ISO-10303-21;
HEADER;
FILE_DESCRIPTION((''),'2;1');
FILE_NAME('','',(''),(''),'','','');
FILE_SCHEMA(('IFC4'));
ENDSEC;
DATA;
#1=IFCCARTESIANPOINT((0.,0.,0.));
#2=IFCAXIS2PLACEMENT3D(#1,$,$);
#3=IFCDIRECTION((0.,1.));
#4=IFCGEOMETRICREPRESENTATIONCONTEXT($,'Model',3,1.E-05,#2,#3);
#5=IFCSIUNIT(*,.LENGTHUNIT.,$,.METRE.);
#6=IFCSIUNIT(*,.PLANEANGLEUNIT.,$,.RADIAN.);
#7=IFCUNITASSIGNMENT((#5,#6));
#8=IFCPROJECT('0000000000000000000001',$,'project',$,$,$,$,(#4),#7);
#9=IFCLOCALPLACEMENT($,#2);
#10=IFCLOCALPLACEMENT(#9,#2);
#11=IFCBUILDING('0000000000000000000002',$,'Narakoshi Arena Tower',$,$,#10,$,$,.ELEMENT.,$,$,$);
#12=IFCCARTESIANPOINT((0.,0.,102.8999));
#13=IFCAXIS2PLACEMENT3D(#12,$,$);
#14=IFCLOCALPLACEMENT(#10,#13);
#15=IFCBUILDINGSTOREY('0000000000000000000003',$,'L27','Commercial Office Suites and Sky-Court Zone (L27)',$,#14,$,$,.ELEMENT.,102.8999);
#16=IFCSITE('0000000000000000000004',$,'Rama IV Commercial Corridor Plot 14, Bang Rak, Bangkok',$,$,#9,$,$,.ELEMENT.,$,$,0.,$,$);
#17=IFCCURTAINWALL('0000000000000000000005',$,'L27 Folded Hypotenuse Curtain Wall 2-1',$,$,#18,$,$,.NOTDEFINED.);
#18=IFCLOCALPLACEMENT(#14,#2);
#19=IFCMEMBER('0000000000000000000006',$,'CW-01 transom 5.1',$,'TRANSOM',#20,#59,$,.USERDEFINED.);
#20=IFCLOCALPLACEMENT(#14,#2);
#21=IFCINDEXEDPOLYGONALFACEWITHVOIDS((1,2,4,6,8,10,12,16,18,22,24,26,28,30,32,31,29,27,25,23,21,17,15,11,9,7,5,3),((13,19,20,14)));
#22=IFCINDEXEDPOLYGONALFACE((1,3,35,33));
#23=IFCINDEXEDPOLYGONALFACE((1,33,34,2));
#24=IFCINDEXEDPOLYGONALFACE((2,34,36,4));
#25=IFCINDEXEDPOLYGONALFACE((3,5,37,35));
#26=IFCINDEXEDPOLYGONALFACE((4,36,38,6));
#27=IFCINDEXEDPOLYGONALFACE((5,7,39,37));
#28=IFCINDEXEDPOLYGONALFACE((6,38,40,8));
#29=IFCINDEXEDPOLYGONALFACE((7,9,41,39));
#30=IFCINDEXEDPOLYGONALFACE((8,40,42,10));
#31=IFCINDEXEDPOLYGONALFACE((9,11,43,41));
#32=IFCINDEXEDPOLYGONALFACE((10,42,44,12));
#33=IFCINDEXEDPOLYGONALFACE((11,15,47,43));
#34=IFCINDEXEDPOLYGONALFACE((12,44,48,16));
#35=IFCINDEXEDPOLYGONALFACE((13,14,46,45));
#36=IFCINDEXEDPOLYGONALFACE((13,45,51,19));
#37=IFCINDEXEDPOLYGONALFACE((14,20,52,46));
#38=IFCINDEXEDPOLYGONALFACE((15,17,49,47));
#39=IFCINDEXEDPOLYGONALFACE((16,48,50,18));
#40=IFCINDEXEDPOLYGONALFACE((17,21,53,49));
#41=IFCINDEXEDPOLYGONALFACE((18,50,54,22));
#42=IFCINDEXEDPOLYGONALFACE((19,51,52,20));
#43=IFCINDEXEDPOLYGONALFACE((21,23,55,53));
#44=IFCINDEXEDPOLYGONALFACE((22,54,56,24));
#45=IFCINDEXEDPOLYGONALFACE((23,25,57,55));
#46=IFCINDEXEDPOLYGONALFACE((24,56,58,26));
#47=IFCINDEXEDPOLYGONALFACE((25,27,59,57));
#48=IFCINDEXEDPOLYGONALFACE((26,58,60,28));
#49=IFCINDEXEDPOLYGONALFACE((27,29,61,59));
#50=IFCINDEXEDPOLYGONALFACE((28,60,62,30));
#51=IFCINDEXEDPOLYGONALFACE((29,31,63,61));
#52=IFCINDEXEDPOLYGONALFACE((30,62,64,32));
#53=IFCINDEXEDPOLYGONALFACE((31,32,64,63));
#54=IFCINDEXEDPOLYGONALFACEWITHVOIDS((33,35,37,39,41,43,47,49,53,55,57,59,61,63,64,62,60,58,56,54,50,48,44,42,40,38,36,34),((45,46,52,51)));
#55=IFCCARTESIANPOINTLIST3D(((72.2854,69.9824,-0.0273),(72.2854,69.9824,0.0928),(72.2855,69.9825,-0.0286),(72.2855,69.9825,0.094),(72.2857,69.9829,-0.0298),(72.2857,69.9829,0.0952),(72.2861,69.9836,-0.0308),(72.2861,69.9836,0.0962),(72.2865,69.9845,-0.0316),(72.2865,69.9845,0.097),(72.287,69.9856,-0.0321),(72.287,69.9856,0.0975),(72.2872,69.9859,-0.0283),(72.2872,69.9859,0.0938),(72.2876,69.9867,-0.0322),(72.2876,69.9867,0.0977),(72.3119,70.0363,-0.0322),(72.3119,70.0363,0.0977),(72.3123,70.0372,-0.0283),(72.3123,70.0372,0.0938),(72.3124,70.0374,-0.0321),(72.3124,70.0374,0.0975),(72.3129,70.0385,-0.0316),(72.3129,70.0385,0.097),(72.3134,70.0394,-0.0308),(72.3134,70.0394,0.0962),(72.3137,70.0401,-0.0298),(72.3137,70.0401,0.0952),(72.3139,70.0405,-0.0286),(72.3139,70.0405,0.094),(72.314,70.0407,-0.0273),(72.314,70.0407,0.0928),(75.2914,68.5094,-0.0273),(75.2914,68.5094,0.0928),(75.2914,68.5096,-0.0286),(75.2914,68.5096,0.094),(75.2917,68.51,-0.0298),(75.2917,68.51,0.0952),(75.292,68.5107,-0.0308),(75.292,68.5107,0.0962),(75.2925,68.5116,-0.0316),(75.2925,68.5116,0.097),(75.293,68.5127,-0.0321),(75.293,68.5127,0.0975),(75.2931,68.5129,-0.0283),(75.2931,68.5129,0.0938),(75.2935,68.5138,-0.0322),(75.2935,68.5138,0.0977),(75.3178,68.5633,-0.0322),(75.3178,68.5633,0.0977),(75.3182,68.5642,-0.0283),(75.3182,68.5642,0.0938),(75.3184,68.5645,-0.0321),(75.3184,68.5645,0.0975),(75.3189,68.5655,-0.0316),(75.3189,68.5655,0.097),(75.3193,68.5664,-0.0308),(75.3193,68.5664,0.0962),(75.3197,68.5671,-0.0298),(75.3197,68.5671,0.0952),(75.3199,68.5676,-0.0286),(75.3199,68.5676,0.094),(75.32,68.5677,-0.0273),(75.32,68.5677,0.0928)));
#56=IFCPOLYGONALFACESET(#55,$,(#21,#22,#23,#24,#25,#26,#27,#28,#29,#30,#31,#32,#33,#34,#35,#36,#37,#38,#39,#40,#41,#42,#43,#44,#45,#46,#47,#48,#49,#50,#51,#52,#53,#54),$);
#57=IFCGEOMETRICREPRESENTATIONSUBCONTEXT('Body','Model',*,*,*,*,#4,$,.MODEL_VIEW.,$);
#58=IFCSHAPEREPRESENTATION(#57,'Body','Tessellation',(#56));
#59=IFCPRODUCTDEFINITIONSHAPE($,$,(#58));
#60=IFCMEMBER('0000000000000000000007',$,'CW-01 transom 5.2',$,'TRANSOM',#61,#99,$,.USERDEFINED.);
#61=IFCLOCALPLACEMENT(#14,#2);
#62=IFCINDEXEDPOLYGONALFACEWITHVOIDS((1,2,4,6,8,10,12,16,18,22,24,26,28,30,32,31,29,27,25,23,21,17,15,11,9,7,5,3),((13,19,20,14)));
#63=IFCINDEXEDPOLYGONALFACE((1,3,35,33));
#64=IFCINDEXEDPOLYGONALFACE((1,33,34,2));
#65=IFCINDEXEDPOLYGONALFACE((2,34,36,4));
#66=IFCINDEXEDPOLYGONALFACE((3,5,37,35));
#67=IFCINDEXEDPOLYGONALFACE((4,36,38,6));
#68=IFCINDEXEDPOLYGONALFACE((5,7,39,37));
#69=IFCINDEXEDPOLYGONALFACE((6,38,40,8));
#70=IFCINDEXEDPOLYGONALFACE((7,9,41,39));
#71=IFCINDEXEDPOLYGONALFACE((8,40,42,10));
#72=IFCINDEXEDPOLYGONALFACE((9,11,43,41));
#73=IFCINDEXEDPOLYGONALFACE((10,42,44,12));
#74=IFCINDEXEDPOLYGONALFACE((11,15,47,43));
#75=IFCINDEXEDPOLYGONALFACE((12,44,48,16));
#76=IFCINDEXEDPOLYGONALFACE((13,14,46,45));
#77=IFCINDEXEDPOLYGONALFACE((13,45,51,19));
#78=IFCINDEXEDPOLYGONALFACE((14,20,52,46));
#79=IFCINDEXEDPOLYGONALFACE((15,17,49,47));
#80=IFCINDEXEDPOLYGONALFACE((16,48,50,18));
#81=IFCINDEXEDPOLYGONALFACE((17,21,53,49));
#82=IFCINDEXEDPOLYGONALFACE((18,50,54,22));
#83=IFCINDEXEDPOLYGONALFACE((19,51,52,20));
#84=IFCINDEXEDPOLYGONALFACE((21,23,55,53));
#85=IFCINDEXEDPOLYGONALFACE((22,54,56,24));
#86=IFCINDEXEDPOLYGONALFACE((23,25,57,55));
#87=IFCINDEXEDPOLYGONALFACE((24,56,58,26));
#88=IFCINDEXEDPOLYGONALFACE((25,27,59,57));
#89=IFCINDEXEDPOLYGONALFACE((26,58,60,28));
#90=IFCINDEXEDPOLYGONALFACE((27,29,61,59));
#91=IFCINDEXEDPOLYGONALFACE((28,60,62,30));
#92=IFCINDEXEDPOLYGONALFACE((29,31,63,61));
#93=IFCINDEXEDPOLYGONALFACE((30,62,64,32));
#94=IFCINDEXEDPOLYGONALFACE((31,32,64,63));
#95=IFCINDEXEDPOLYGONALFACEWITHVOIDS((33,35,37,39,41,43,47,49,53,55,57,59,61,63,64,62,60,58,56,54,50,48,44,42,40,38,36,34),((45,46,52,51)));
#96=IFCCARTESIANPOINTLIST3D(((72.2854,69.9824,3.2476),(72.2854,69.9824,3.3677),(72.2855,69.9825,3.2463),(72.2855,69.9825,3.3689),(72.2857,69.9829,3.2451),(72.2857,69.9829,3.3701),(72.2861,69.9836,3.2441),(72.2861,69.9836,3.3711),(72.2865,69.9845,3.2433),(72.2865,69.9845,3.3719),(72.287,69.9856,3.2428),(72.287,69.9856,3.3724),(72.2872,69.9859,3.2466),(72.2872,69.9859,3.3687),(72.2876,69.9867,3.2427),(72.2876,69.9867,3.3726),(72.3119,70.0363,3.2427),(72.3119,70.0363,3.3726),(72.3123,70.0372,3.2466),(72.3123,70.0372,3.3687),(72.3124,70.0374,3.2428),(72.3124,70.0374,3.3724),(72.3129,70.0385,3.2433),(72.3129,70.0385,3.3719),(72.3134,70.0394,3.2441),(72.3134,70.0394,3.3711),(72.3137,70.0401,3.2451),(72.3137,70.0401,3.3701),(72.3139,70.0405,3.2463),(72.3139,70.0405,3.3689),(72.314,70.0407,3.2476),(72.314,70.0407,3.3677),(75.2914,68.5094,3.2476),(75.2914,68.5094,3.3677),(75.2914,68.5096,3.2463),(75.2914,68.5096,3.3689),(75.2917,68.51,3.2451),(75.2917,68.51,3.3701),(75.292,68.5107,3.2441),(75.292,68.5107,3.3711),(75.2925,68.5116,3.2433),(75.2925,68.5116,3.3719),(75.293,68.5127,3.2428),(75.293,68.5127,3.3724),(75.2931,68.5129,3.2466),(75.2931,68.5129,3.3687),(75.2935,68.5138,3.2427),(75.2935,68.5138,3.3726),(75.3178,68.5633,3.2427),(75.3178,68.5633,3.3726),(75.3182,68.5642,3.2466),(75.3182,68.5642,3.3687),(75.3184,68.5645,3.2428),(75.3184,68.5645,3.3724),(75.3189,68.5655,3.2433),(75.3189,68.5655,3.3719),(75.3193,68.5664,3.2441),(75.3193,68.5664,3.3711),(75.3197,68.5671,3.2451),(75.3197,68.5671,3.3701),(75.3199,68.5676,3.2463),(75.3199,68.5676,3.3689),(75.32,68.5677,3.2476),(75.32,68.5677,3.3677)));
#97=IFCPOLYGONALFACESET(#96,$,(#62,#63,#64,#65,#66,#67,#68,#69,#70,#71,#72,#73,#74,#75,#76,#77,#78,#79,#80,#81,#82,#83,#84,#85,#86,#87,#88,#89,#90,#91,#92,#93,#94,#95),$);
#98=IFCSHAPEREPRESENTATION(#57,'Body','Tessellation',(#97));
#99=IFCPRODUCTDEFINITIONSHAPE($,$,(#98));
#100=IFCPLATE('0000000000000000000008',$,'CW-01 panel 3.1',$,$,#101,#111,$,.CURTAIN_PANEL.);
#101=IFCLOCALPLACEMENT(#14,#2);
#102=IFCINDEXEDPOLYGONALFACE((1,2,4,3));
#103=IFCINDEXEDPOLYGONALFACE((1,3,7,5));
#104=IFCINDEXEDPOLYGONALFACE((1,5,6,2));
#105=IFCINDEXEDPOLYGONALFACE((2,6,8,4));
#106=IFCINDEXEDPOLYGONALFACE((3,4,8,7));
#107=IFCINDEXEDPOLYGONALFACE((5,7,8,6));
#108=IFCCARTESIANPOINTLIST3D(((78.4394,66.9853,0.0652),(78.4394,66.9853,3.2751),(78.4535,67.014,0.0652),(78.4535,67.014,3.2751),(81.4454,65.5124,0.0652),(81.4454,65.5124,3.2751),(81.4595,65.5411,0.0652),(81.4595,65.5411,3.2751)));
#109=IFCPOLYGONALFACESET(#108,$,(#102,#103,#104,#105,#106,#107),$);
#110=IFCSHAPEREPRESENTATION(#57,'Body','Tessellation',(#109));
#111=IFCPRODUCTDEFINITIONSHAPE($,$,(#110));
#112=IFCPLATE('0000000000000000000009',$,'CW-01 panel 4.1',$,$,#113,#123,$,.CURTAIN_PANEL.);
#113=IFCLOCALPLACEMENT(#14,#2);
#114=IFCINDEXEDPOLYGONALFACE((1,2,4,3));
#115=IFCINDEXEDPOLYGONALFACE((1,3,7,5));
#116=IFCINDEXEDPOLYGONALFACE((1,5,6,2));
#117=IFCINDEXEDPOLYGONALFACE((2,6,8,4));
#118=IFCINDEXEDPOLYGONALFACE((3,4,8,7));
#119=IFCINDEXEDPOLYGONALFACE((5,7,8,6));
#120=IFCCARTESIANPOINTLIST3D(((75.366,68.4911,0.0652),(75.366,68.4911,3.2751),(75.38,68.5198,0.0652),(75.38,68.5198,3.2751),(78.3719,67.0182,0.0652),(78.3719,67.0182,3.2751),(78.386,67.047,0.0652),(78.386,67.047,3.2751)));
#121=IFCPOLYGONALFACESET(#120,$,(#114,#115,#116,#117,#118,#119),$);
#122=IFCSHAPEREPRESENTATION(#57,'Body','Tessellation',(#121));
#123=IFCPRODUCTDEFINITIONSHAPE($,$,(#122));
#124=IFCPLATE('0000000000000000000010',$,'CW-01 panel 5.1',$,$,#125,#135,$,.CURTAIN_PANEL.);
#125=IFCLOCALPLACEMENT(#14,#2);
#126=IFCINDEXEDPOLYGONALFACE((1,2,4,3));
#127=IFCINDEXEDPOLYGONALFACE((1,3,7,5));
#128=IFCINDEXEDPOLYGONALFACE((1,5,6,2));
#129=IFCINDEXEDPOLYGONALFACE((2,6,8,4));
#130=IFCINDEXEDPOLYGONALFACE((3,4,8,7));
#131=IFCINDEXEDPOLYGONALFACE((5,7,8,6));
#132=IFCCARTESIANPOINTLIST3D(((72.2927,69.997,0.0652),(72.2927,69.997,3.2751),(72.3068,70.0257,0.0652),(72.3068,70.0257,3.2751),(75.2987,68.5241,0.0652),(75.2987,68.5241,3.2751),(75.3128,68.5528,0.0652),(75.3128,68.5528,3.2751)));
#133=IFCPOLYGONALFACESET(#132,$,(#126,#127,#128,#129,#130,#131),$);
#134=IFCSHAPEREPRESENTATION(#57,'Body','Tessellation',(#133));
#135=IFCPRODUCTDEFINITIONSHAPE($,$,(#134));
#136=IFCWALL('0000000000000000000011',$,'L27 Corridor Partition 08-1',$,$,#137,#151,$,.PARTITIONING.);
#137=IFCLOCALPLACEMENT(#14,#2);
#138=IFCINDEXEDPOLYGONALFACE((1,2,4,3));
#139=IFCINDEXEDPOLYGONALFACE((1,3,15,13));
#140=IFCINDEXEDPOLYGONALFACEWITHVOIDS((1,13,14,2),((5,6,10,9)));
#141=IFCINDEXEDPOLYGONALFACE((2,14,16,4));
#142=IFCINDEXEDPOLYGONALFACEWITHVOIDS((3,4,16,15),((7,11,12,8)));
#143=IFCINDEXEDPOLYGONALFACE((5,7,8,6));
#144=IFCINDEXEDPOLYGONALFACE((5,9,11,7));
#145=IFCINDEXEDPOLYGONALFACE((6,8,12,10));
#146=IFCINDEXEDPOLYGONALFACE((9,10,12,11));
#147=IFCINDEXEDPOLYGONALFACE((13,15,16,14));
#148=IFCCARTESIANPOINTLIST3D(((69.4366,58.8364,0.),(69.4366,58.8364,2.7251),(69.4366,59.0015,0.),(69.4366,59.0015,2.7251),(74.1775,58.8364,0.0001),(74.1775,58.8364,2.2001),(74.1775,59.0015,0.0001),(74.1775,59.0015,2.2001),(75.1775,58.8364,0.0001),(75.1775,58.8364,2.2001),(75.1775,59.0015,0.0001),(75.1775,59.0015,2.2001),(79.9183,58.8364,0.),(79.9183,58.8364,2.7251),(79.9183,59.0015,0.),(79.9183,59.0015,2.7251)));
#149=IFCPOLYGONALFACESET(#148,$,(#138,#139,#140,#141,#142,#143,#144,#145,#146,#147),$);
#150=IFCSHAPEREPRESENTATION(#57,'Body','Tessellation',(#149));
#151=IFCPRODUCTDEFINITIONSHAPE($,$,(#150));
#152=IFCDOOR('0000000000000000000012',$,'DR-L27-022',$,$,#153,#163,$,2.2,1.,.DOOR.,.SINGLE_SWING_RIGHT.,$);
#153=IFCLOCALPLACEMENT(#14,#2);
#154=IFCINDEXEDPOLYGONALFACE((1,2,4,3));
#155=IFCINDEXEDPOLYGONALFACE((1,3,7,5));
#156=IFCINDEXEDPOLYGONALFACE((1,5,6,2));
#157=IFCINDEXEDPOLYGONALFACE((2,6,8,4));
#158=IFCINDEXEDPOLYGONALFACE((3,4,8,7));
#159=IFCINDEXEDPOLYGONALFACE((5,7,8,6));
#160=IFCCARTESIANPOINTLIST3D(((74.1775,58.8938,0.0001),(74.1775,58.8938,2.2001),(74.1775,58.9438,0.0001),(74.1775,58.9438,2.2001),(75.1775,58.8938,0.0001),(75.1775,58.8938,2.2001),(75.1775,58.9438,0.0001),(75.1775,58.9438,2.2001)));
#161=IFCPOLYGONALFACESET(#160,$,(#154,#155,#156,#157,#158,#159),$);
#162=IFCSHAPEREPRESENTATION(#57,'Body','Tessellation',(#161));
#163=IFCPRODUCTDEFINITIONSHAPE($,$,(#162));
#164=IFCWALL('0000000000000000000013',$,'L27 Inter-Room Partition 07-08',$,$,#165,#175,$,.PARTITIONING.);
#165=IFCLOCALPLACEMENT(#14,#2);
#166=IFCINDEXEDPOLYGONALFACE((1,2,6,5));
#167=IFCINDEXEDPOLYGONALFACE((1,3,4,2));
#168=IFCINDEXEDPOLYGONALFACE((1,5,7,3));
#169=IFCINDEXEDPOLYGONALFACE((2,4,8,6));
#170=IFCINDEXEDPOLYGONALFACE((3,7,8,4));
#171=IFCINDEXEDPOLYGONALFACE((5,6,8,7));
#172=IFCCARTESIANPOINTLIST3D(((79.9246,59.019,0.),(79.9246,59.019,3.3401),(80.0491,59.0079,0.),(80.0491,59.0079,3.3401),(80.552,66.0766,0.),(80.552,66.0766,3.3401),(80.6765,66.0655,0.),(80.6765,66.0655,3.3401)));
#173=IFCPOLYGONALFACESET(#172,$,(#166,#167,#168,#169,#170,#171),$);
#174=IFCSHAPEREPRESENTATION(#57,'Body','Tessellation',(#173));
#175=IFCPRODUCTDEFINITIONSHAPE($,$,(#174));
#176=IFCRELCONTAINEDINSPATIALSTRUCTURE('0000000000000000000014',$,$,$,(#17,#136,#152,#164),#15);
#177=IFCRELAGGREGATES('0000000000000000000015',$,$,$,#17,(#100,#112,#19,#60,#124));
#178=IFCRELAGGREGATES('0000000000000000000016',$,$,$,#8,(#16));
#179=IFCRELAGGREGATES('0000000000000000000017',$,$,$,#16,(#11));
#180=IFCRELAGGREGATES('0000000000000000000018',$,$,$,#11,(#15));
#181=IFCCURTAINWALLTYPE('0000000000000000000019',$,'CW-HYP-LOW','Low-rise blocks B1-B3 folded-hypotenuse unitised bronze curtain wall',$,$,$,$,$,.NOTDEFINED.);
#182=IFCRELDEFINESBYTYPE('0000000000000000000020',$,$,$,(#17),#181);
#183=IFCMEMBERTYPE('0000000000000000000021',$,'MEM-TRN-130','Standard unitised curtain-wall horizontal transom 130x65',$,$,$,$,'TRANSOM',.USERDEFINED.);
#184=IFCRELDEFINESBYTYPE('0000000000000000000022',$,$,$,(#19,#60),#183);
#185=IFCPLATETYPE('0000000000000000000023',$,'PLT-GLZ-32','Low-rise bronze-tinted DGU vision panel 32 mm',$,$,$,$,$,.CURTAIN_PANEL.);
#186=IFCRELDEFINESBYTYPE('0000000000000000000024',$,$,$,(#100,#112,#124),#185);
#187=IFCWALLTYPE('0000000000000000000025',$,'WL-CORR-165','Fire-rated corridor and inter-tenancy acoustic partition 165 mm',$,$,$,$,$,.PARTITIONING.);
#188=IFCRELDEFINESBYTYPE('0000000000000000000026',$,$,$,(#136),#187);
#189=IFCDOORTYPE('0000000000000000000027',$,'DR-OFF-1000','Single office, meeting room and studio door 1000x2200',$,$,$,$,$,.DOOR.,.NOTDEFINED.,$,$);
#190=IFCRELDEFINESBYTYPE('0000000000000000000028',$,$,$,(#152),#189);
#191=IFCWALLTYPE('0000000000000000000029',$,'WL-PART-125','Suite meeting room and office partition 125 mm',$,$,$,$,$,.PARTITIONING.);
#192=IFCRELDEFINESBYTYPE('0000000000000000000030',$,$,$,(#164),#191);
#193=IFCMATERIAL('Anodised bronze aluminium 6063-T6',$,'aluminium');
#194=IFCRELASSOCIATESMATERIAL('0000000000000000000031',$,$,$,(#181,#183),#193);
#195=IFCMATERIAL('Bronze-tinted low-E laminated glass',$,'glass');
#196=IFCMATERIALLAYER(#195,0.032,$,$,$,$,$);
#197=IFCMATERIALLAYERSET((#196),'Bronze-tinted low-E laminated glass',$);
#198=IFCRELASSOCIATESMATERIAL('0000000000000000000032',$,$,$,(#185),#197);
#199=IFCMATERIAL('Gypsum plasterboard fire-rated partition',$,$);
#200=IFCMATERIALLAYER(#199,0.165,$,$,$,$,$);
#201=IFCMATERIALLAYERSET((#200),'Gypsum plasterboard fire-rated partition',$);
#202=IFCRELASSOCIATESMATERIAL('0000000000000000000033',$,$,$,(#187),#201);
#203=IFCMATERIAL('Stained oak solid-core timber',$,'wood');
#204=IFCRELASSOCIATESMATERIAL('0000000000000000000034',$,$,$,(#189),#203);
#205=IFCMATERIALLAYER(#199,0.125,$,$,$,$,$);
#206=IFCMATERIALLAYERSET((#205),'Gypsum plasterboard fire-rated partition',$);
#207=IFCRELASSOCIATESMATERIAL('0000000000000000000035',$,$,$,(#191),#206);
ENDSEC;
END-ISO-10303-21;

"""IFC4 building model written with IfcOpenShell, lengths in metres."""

from ifc_helpers import new_model, si_unit, direction, frame, frame_2d, origin, origin_2d, place, context, subcontext, project, spatial, rectangle, hollow_rectangle, extrude, material, layer, layer_set, material_profile, profile_set, type_object, element, fill, aggregate, save


model = new_model("IFC4")

# Units and contexts
model_context = context("Model", 3, precision=1e-05, world=origin(), true_north=direction((0.0, 1.0)))
body_context = subcontext(model_context, "Body", "Model", "MODEL_VIEW")
ifc_project = project(units=[si_unit("LENGTHUNIT", "METRE"), si_unit("PLANEANGLEUNIT", "RADIAN")], contexts=[model_context])

# Site, building, storey
site_placement = place(None, origin())
site = spatial("IfcSite", under=ifc_project, at=site_placement, Name="Rama IV Commercial Corridor Plot 14, Bang Rak, Bangkok", CompositionType="ELEMENT", RefElevation=0.0)
building_placement = place(site_placement, origin())
building = spatial("IfcBuilding", under=site, at=building_placement, Name="Narakoshi Arena Tower", CompositionType="ELEMENT")
storey_placement = place(building_placement, frame((0.0, 0.0, 102.8999)))
storey = spatial("IfcBuildingStorey", under=building, at=storey_placement, Name="L27", Description="Commercial Office Suites and Sky-Court Zone (L27)", CompositionType="ELEMENT", Elevation=102.8999)

# Curtain wall, members, plates
ifc_material_1 = material(Name="Anodised bronze aluminium 6063-T6", Category="aluminium")
curtain_wall_type = type_object("IfcCurtainWallType", Name="CW-HYP-LOW", Description="Low-rise blocks B1-B3 folded-hypotenuse unitised bronze curtain wall", PredefinedType="NOTDEFINED", material=ifc_material_1)
curtain_wall_placement = place(storey_placement, origin())
curtain_wall = element("IfcCurtainWall", 1, at=curtain_wall_placement, inside=storey, type_object=curtain_wall_type, Name="L27 Folded Hypotenuse Curtain Wall 2-1", PredefinedType="NOTDEFINED")
ifc_material_profile_1 = material_profile(ifc_material_1, hollow_rectangle(XDim=0.0649, YDim=0.1299, WallThickness=0.0039, OuterFilletRadius=0.0049, at=origin_2d()), Name="TRN130x65x4")
ifc_profile_set_1 = profile_set([ifc_material_profile_1], Name="Anodised bronze aluminium 6063-T6")
member_type_1 = type_object("IfcMemberType", Name="MEM-TRN-130", Description="Standard unitised curtain-wall horizontal transom 130x65", ElementType="TRANSOM", PredefinedType="USERDEFINED", material=ifc_profile_set_1)
member_1_placement = place(storey_placement, frame((75.3057, 68.5386, 0.0327), z_axis=(-0.897987, 0.440022, 0.0), x_axis=(-0.440022, -0.897987, 0.0)))
member_1 = element("IfcMember", 2, at=member_1_placement, type_object=member_type_1, Name="CW-01 transom 5.1", ObjectType="TRANSOM", PredefinedType="USERDEFINED", context=body_context, shape_type="SweptSolid", body=[
    extrude(hollow_rectangle(XDim=0.0649, YDim=0.1299, WallThickness=0.0039, OuterFilletRadius=0.0049, at=origin_2d()), origin(), (0.0, 0.0, 1.0), 3.3474),
])
member_2_placement = place(storey_placement, frame((75.3057, 68.5386, 3.3076), z_axis=(-0.897987, 0.440022, 0.0), x_axis=(-0.440022, -0.897987, 0.0)))
member_2 = element("IfcMember", 3, at=member_2_placement, type_object=member_type_1, Name="CW-01 transom 5.2", ObjectType="TRANSOM", PredefinedType="USERDEFINED", context=body_context, shape_type="SweptSolid", body=[
    extrude(hollow_rectangle(XDim=0.0649, YDim=0.1299, WallThickness=0.0039, OuterFilletRadius=0.0049, at=origin_2d()), origin(), (0.0, 0.0, 1.0), 3.3474),
])
ifc_material_2 = material(Name="Bronze-tinted low-E laminated glass", Category="glass")
ifc_layer_1 = layer(ifc_material_2, 0.032)
ifc_layer_set_1 = layer_set([ifc_layer_1], Name="Bronze-tinted low-E laminated glass")
plate_type = type_object("IfcPlateType", Name="PLT-GLZ-32", Description="Low-rise bronze-tinted DGU vision panel 32 mm", PredefinedType="CURTAIN_PANEL", material=ifc_layer_set_1)
plate_1_placement = place(storey_placement, frame((79.9495, 66.2632, 0.0652), z_axis=(0.0, 0.0, 1.0), x_axis=(-0.897996, 0.440005, 0.0)))
plate_1 = element("IfcPlate", 4, at=plate_1_placement, type_object=plate_type, Name="CW-01 panel 3.1", PredefinedType="CURTAIN_PANEL", context=body_context, shape_type="SweptSolid", body=[
    extrude(rectangle(XDim=3.3474, YDim=0.032, at=origin_2d()), origin(), (0.0, 0.0, 1.0), 3.21),
])
plate_2_placement = place(storey_placement, frame((76.876, 67.769, 0.0652), z_axis=(0.0, 0.0, 1.0), x_axis=(-0.897996, 0.440005, 0.0)))
plate_2 = element("IfcPlate", 5, at=plate_2_placement, type_object=plate_type, Name="CW-01 panel 4.1", PredefinedType="CURTAIN_PANEL", context=body_context, shape_type="SweptSolid", body=[
    extrude(rectangle(XDim=3.3474, YDim=0.032, at=origin_2d()), origin(), (0.0, 0.0, 1.0), 3.21),
])
plate_3_placement = place(storey_placement, frame((73.8027, 69.2749, 0.0652), z_axis=(0.0, 0.0, 1.0), x_axis=(-0.897996, 0.440005, 0.0)))
plate_3 = element("IfcPlate", 6, at=plate_3_placement, type_object=plate_type, Name="CW-01 panel 5.1", PredefinedType="CURTAIN_PANEL", context=body_context, shape_type="SweptSolid", body=[
    extrude(rectangle(XDim=3.3474, YDim=0.032, at=origin_2d()), origin(), (0.0, 0.0, 1.0), 3.21),
])
aggregate(curtain_wall, [plate_1, plate_2, member_1, member_2, plate_3])

# Wall, opening, door
ifc_material_3 = material(Name="Gypsum plasterboard fire-rated partition")
ifc_layer_2 = layer(ifc_material_3, 0.165)
ifc_layer_set_2 = layer_set([ifc_layer_2], Name="Gypsum plasterboard fire-rated partition")
wall_type_1 = type_object("IfcWallType", Name="WL-CORR-165", Description="Fire-rated corridor and inter-tenancy acoustic partition 165 mm", PredefinedType="PARTITIONING", material=ifc_layer_set_2)
wall_1_placement = place(storey_placement, frame((79.9182, 58.9189, 0.0), z_axis=(0.0, 0.0, 1.0), x_axis=(-1.0, 0.0, 0.0)))
wall_1 = element("IfcWall", 7, at=wall_1_placement, inside=storey, type_object=wall_type_1, Name="L27 Corridor Partition 08-1", PredefinedType="PARTITIONING", context=body_context, shape_type="SweptSolid", body=[
    extrude(rectangle(XDim=10.4817, YDim=0.165, at=frame_2d((5.2407, 0.0))), origin(), (0.0, 0.0, 1.0), 2.7251),
])
opening_placement = place(wall_1_placement, frame((4.7407, 0.0, 0.0)))
opening = element("IfcOpeningElement", 8, at=opening_placement, cuts=wall_1, PredefinedType="OPENING", context=body_context, shape_type="SweptSolid", body=[
    extrude(rectangle(XDim=1.0, YDim=2.2, at=frame_2d((0.5, 1.1001))), frame((0.0, 0.0925, 0.0), z_axis=(0.0, -1.0, 0.0), x_axis=(1.0, 0.0, 0.0)), (0.0, 0.0, 1.0), 0.1851),
])
ifc_material_4 = material(Name="Stained oak solid-core timber", Category="wood")
door_type = type_object("IfcDoorType", Name="DR-OFF-1000", Description="Single office, meeting room and studio door 1000x2200", OperationType="NOTDEFINED", PredefinedType="DOOR", material=ifc_material_4)
door_placement = place(opening_placement, frame((1.0, 0.0, 0.0), z_axis=(0.0, 0.0, 1.0), x_axis=(-1.0, 0.0, 0.0)))
door = element("IfcDoor", 9, at=door_placement, inside=storey, type_object=door_type, Name="DR-L27-022", OperationType="SINGLE_SWING_RIGHT", OverallHeight=2.2, OverallWidth=1.0, PredefinedType="DOOR", context=body_context, shape_type="SweptSolid", body=[
    extrude(rectangle(XDim=1.0, YDim=2.2, at=frame_2d((0.5, 1.1001))), frame((0.0, 0.0249, 0.0), z_axis=(0.0, -1.0, 0.0), x_axis=(1.0, 0.0, 0.0)), (0.0, 0.0, 1.0), 0.05),
])
fill(opening, door)

# Wall
ifc_layer_3 = layer(ifc_material_3, 0.125)
ifc_layer_set_3 = layer_set([ifc_layer_3], Name="Gypsum plasterboard fire-rated partition")
wall_type_2 = type_object("IfcWallType", Name="WL-PART-125", Description="Suite meeting room and office partition 125 mm", PredefinedType="PARTITIONING", material=ifc_layer_set_3)
wall_2_placement = place(storey_placement, frame((79.9868, 59.0134, 0.0), z_axis=(0.0, 0.0, 1.0), x_axis=(0.088553, 0.996071, 0.0)))
element("IfcWall", 10, at=wall_2_placement, inside=storey, type_object=wall_type_2, Name="L27 Inter-Room Partition 07-08", PredefinedType="PARTITIONING", context=body_context, shape_type="SweptSolid", body=[
    extrude(rectangle(XDim=7.0854, YDim=0.125, at=frame_2d((3.5427, 0.0))), origin(), (0.0, 0.0, 1.0), 3.3401),
])

save(model, "model.ifc")
